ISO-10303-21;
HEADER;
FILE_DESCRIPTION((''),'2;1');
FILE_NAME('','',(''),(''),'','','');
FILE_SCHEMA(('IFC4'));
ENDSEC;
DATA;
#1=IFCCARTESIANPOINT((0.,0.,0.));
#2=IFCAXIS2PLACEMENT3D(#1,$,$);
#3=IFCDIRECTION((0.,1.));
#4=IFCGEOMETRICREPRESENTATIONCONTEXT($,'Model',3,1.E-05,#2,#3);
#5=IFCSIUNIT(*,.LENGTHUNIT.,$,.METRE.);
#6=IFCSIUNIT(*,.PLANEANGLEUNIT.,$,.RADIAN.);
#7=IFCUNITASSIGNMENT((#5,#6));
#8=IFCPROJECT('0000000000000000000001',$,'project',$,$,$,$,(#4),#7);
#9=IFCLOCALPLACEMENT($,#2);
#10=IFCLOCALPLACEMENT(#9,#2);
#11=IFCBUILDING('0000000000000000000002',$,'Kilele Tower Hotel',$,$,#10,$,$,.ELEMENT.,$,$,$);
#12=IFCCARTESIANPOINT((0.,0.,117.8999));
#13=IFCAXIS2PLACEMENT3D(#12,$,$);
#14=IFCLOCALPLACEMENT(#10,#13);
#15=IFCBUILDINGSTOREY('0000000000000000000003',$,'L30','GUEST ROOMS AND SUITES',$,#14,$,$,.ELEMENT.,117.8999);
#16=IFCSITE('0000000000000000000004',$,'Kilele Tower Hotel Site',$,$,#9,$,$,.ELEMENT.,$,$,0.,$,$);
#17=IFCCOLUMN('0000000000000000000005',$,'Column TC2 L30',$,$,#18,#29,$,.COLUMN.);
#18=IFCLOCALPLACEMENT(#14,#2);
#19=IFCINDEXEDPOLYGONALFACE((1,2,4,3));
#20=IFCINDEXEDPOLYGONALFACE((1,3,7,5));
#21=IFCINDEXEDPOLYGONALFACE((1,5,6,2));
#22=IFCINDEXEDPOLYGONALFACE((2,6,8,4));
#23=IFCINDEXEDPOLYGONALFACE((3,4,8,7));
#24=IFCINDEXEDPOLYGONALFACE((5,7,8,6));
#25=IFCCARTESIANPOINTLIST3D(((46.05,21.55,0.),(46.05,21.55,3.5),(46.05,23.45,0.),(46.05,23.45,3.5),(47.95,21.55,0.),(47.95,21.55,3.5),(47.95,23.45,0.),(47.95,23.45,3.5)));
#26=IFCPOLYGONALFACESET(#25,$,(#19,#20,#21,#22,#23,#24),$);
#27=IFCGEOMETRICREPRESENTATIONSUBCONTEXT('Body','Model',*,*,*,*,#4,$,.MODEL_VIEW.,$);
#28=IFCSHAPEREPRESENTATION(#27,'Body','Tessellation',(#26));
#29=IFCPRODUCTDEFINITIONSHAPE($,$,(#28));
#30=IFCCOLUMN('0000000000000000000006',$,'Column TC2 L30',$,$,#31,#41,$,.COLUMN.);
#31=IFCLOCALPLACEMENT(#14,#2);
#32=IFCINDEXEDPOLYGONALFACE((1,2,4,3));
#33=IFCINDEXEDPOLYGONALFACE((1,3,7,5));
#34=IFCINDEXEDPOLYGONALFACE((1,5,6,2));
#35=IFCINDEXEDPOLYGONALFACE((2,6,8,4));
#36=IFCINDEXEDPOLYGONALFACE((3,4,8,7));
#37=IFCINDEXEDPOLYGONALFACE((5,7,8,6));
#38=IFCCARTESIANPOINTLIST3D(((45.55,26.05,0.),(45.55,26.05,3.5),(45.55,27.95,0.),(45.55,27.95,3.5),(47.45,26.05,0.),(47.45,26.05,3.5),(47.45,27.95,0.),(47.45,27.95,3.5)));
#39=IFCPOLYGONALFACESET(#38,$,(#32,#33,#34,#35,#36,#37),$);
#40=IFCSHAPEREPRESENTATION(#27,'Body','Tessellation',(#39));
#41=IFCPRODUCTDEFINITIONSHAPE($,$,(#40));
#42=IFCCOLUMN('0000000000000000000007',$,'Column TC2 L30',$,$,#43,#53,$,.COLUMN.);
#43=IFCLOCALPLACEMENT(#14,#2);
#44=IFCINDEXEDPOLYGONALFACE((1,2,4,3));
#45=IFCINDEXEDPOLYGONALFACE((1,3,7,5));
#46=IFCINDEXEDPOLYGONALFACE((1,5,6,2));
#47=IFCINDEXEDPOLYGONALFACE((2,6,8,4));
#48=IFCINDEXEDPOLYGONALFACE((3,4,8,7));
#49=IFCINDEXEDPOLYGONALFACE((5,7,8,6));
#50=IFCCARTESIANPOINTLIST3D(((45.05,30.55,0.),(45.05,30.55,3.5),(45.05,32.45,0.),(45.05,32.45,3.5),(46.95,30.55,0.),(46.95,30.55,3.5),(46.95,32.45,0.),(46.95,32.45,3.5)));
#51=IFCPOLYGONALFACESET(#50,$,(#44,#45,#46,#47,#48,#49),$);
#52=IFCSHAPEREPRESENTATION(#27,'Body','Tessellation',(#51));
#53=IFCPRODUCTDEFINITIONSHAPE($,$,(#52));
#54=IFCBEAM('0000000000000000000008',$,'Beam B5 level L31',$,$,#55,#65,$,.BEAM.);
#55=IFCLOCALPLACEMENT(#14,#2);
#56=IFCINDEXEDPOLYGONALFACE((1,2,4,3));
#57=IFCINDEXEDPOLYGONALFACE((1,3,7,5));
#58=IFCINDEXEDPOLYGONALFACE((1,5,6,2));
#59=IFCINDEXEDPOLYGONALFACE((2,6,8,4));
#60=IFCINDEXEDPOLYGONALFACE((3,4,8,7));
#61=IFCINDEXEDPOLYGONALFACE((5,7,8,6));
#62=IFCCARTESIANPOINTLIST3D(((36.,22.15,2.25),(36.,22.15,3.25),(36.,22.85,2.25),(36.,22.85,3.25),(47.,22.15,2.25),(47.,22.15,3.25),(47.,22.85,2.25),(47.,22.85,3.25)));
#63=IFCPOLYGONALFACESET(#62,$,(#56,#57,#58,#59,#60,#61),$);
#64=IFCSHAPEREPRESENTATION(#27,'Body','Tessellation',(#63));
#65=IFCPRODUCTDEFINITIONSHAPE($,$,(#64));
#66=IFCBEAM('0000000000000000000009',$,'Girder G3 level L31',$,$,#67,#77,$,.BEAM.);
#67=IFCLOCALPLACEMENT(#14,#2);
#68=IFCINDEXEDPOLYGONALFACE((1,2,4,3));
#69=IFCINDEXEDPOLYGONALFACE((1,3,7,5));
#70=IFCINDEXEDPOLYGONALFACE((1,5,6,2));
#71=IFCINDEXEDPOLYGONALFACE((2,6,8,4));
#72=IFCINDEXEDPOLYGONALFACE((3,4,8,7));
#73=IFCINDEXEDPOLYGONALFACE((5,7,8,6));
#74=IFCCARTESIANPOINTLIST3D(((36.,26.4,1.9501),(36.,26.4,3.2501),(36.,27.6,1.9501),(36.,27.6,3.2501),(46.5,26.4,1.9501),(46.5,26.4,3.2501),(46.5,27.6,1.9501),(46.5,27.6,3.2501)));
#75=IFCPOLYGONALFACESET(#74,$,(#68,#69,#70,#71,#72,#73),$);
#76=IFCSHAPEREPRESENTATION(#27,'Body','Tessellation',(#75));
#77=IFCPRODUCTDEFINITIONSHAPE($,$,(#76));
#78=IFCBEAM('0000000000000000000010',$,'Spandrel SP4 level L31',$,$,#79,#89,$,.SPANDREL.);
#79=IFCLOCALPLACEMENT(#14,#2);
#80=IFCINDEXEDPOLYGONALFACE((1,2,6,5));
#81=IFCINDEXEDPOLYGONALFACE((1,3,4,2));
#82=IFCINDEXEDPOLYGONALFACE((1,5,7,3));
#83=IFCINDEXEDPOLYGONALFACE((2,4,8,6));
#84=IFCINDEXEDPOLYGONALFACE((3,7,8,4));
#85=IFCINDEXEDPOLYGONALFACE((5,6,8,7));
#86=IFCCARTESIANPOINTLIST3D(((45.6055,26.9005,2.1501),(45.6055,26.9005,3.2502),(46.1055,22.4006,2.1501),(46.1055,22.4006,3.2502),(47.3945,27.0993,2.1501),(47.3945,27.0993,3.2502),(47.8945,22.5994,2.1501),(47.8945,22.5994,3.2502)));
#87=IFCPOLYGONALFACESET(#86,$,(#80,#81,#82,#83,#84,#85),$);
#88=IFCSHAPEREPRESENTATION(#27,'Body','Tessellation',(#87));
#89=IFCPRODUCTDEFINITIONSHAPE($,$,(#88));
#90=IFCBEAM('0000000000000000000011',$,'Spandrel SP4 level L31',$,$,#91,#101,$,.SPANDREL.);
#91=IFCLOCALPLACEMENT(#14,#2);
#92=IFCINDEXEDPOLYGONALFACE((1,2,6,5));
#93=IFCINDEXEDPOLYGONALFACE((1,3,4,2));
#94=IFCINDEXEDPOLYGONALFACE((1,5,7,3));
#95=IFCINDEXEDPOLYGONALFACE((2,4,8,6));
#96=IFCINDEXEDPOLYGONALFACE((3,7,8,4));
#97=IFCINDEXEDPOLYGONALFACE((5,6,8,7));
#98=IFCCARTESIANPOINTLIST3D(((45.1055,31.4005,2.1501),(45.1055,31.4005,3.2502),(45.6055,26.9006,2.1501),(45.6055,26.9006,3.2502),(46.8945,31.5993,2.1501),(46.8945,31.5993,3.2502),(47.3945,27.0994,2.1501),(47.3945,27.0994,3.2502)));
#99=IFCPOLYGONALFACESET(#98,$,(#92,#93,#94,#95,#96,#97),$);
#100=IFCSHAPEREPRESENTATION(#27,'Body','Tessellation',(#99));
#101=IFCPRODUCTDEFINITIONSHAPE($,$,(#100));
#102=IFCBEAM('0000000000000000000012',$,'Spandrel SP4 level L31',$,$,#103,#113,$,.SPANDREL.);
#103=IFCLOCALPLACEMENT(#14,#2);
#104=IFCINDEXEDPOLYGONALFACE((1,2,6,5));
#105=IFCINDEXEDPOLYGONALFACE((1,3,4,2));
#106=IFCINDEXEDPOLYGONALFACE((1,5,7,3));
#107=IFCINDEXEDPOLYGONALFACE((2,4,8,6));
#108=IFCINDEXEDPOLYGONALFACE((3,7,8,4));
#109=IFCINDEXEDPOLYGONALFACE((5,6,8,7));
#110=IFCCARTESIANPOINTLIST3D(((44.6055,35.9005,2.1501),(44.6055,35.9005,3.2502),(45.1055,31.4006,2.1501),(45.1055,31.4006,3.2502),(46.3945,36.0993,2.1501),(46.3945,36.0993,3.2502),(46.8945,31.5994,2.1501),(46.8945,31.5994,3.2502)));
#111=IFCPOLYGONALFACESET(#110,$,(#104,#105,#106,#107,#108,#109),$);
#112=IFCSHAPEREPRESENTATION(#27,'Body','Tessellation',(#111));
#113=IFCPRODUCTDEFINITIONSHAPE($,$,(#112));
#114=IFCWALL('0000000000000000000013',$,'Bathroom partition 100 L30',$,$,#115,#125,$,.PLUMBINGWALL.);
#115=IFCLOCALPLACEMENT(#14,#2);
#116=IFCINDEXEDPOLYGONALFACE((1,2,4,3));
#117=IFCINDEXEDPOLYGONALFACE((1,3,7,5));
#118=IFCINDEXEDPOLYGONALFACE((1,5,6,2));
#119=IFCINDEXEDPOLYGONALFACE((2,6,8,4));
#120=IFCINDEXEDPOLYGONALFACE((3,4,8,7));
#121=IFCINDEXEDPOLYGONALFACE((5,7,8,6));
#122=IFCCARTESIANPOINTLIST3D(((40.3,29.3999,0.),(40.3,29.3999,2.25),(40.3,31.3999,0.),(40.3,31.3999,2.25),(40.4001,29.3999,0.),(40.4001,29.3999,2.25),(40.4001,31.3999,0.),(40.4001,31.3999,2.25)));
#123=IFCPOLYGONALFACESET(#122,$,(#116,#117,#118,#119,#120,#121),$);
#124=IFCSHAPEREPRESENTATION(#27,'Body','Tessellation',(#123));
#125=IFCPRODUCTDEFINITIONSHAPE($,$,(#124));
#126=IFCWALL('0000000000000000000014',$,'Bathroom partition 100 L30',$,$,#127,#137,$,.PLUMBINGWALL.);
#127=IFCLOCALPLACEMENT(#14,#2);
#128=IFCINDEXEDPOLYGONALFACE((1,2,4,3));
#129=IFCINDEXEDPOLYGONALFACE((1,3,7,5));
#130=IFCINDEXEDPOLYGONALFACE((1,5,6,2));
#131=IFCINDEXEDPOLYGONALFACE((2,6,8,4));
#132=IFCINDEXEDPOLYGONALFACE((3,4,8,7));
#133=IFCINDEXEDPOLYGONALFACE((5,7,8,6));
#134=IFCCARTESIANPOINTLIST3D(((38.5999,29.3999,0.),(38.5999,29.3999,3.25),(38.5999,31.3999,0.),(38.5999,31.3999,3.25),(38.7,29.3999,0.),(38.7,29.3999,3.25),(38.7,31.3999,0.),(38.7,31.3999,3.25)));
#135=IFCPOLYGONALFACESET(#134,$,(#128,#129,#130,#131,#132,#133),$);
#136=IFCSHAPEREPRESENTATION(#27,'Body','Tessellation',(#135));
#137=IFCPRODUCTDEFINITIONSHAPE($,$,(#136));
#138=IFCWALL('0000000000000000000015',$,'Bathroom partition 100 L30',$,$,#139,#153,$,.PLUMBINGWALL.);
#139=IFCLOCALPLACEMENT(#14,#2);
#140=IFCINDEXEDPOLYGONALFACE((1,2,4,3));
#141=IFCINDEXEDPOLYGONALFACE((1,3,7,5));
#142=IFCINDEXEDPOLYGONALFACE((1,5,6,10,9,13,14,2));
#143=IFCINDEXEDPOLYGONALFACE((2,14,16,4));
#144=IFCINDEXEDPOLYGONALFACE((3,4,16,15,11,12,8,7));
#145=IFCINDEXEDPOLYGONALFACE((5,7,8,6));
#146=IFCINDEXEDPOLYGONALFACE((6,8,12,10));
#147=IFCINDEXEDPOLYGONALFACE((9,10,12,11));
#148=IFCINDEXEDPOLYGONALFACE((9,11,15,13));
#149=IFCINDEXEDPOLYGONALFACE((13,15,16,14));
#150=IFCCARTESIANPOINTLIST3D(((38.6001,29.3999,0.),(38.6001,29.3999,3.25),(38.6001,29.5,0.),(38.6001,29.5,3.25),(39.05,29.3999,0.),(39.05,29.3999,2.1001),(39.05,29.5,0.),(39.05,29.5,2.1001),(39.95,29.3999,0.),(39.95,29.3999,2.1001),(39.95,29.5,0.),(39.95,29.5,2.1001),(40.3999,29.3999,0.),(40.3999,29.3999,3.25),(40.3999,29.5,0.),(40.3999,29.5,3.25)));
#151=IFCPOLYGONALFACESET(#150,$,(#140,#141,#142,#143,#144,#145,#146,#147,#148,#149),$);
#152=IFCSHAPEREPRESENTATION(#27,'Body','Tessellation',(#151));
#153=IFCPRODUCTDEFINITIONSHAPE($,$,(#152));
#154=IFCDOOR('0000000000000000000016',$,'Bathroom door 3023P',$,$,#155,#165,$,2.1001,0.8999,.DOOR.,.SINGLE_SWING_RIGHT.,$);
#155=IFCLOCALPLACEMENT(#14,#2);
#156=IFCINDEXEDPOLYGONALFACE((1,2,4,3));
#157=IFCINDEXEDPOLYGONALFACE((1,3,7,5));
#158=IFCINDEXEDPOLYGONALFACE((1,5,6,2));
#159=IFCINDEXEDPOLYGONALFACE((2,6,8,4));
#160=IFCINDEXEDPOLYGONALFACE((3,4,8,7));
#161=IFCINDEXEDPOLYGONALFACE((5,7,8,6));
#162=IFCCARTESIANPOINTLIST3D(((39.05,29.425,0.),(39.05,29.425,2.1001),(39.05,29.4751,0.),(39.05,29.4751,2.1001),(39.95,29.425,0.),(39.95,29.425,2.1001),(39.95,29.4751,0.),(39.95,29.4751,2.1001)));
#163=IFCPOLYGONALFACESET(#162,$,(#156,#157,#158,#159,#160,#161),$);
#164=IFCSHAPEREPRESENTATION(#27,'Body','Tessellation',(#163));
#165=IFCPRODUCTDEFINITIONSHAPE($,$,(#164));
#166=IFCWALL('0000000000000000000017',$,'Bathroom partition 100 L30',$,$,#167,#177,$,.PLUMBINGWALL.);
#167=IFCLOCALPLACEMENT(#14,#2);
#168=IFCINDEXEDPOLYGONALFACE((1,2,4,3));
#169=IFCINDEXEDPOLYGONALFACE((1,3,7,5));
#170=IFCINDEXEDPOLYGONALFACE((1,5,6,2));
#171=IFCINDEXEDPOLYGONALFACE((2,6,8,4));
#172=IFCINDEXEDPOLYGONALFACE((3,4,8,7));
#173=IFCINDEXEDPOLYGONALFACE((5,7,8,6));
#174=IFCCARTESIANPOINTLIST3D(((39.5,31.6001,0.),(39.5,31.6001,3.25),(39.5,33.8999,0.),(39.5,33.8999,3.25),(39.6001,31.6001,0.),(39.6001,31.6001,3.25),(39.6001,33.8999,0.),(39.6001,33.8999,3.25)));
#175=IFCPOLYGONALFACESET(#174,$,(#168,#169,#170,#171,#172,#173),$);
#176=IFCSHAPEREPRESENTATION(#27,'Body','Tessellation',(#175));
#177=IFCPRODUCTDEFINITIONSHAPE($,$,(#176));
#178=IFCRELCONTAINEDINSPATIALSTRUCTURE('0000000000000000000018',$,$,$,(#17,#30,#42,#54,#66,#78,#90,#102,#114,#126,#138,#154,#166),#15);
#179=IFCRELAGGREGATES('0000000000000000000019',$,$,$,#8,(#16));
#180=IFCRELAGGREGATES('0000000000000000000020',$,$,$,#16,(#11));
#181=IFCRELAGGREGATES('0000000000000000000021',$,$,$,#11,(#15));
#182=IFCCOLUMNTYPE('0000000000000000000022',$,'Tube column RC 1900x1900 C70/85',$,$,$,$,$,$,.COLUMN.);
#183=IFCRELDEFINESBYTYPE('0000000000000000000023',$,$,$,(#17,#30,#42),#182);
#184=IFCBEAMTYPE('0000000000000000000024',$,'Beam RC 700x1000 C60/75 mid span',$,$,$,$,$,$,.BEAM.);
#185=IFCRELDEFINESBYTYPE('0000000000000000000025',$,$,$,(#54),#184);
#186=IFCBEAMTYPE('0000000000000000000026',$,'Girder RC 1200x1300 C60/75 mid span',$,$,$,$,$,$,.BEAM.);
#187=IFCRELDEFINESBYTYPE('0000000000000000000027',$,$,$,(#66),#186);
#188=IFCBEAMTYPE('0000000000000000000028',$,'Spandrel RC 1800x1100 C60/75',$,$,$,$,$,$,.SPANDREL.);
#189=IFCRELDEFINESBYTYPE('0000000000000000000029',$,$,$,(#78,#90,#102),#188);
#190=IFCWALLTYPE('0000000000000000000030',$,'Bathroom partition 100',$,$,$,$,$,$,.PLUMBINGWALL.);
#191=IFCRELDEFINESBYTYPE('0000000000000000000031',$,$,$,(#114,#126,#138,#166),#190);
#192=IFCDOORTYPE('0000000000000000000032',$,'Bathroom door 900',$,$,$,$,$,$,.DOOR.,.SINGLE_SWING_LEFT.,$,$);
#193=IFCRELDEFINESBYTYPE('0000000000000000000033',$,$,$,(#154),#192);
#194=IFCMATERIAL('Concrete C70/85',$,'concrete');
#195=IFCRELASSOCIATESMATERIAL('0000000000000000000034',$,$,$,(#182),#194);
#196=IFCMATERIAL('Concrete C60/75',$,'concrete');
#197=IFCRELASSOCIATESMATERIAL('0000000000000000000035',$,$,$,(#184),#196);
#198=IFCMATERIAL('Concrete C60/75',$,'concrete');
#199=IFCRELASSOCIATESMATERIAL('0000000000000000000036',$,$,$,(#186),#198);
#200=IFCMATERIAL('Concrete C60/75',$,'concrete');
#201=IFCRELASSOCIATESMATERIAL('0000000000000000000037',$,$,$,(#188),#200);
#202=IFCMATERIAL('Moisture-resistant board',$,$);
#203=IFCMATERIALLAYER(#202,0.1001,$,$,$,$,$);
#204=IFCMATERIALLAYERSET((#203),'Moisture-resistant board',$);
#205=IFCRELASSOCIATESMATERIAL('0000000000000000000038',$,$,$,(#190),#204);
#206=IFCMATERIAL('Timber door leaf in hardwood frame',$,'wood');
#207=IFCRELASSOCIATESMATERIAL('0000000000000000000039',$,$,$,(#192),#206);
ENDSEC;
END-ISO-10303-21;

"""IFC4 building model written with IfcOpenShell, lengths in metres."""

from ifc_helpers import new_model, si_unit, direction, frame, frame_2d, origin, origin_2d, place, context, subcontext, project, spatial, rectangle, extrude, material, layer, layer_set, material_profile, profile_set, type_object, element, fill, save


model = new_model("IFC4")

# Units and contexts
model_context = context("Model", 3, precision=1e-05, world=origin(), true_north=direction((0.0, 1.0)))
body_context = subcontext(model_context, "Body", "Model", "MODEL_VIEW")
ifc_project = project(units=[si_unit("LENGTHUNIT", "METRE"), si_unit("PLANEANGLEUNIT", "RADIAN")], contexts=[model_context])

# Site, building, storey
site_placement = place(None, origin())
site = spatial("IfcSite", under=ifc_project, at=site_placement, Name="Kilele Tower Hotel Site", CompositionType="ELEMENT", RefElevation=0.0)
building_placement = place(site_placement, origin())
building = spatial("IfcBuilding", under=site, at=building_placement, Name="Kilele Tower Hotel", CompositionType="ELEMENT")
storey_placement = place(building_placement, frame((0.0, 0.0, 117.8999)))
storey = spatial("IfcBuildingStorey", under=building, at=storey_placement, Name="L30", Description="GUEST ROOMS AND SUITES", CompositionType="ELEMENT", Elevation=117.8999)

# Columns
ifc_material_1 = material(Name="Concrete C70/85", Category="concrete")
ifc_material_profile_1 = material_profile(ifc_material_1, rectangle(XDim=1.8999, YDim=1.8999, at=origin_2d()))
ifc_profile_set_1 = profile_set([ifc_material_profile_1], Name="Concrete C70/85")
column_type = type_object("IfcColumnType", Name="Tube column RC 1900x1900 C70/85", PredefinedType="COLUMN", material=ifc_profile_set_1)
for number, where, z_axis, x_axis, name in (
    (1, (47.0, 22.5, 0.0), (0.0, 0.0, 1.0), (1.0, 0.0, 0.0), "Column TC2 L30"),
    (2, (46.5, 27.0, 0.0), (0.0, 0.0, 1.0), (1.0, 0.0, 0.0), "Column TC2 L30"),
    (3, (46.0, 31.5, 0.0), (0.0, 0.0, 1.0), (1.0, 0.0, 0.0), "Column TC2 L30"),
):
    element("IfcColumn", number, at=place(storey_placement, frame(where, z_axis=z_axis, x_axis=x_axis)), inside=storey, type_object=column_type, Name=name, PredefinedType="COLUMN", context=body_context, shape_type="SweptSolid", body=[
        extrude(rectangle(XDim=1.8999, YDim=1.8999, at=origin_2d()), origin(), (0.0, 0.0, 1.0), 3.5),
    ])

# Beams
ifc_material_2 = material(Name="Concrete C60/75", Category="concrete")
ifc_material_profile_2 = material_profile(ifc_material_2, rectangle(XDim=0.7, YDim=1.0, at=origin_2d()))
ifc_profile_set_2 = profile_set([ifc_material_profile_2], Name="Concrete C60/75")
beam_type_1 = type_object("IfcBeamType", Name="Beam RC 700x1000 C60/75 mid span", PredefinedType="BEAM", material=ifc_profile_set_2)
beam_1_placement = place(storey_placement, frame((47.0, 22.5, 2.75), z_axis=(-1.0, 0.0, 0.0), x_axis=(0.0, -1.0, 0.0)))
element("IfcBeam", 4, at=beam_1_placement, inside=storey, type_object=beam_type_1, Name="Beam B5 level L31", PredefinedType="BEAM", context=body_context, shape_type="SweptSolid", body=[
    extrude(rectangle(XDim=0.7, YDim=1.0, at=origin_2d()), origin(), (0.0, 0.0, 1.0), 11.0),
])
ifc_material_3 = material(Name="Concrete C60/75", Category="concrete")
ifc_material_profile_3 = material_profile(ifc_material_3, rectangle(XDim=1.2, YDim=1.3, at=origin_2d()))
ifc_profile_set_3 = profile_set([ifc_material_profile_3], Name="Concrete C60/75")
beam_type_2 = type_object("IfcBeamType", Name="Girder RC 1200x1300 C60/75 mid span", PredefinedType="BEAM", material=ifc_profile_set_3)
beam_2_placement = place(storey_placement, frame((46.5, 27.0, 2.6001), z_axis=(-1.0, 0.0, 0.0), x_axis=(0.0, -1.0, 0.0)))
element("IfcBeam", 5, at=beam_2_placement, inside=storey, type_object=beam_type_2, Name="Girder G3 level L31", PredefinedType="BEAM", context=body_context, shape_type="SweptSolid", body=[
    extrude(rectangle(XDim=1.2, YDim=1.3, at=origin_2d()), origin(), (0.0, 0.0, 1.0), 10.5),
])
ifc_material_4 = material(Name="Concrete C60/75", Category="concrete")
ifc_material_profile_4 = material_profile(ifc_material_4, rectangle(XDim=1.8, YDim=1.1001, at=origin_2d()))
ifc_profile_set_4 = profile_set([ifc_material_profile_4], Name="Concrete C60/75")
beam_type_3 = type_object("IfcBeamType", Name="Spandrel RC 1800x1100 C60/75", PredefinedType="SPANDREL", material=ifc_profile_set_4)
for number, where, z_axis, x_axis, name in (
    (6, (47.0, 22.5, 2.7002), (-0.110432, 0.993884, 0.0), (-0.993884, -0.110432, 0.0), "Spandrel SP4 level L31"),
    (7, (46.5, 27.0, 2.7002), (-0.110432, 0.993884, 0.0), (-0.993884, -0.110432, 0.0), "Spandrel SP4 level L31"),
    (8, (46.0, 31.5, 2.7002), (-0.110432, 0.993884, 0.0), (-0.993884, -0.110432, 0.0), "Spandrel SP4 level L31"),
):
    element("IfcBeam", number, at=place(storey_placement, frame(where, z_axis=z_axis, x_axis=x_axis)), inside=storey, type_object=beam_type_3, Name=name, PredefinedType="SPANDREL", context=body_context, shape_type="SweptSolid", body=[
        extrude(rectangle(XDim=1.8, YDim=1.1001, at=origin_2d()), origin(), (0.0, 0.0, 1.0), 4.5276),
    ])

# Walls
ifc_material_5 = material(Name="Moisture-resistant board")
ifc_layer_1 = layer(ifc_material_5, 0.1001)
ifc_layer_set_1 = layer_set([ifc_layer_1], Name="Moisture-resistant board")
wall_type_1 = type_object("IfcWallType", Name="Bathroom partition 100", PredefinedType="PLUMBINGWALL", material=ifc_layer_set_1)
wall_1_placement = place(storey_placement, frame((40.3501, 31.3999, 0.0), z_axis=(0.0, 0.0, 1.0), x_axis=(0.0, -1.0, 0.0)))
element("IfcWall", 9, at=wall_1_placement, inside=storey, type_object=wall_type_1, Name="Bathroom partition 100 L30", PredefinedType="PLUMBINGWALL", context=body_context, shape_type="SweptSolid", body=[
    extrude(rectangle(XDim=2.0, YDim=0.1001, at=frame_2d((1.0, 0.0))), origin(), (0.0, 0.0, 1.0), 2.25),
])
wall_2_placement = place(storey_placement, frame((38.6499, 31.3999, 0.0), z_axis=(0.0, 0.0, 1.0), x_axis=(0.0, -1.0, 0.0)))
element("IfcWall", 10, at=wall_2_placement, inside=storey, type_object=wall_type_1, Name="Bathroom partition 100 L30", PredefinedType="PLUMBINGWALL", context=body_context, shape_type="SweptSolid", body=[
    extrude(rectangle(XDim=2.0, YDim=0.1001, at=frame_2d((1.0, 0.0))), origin(), (0.0, 0.0, 1.0), 3.25),
])

# Wall, opening, door
wall_3_placement = place(storey_placement, frame((38.6001, 29.45, 0.0), z_axis=(0.0, 0.0, 1.0), x_axis=(1.0, 0.0, 0.0)))
wall_3 = element("IfcWall", 11, at=wall_3_placement, inside=storey, type_object=wall_type_1, Name="Bathroom partition 100 L30", PredefinedType="PLUMBINGWALL", context=body_context, shape_type="SweptSolid", body=[
    extrude(rectangle(XDim=1.7998, YDim=0.1001, at=frame_2d((0.8999, 0.0))), origin(), (0.0, 0.0, 1.0), 3.25),
])
opening_1_placement = place(wall_3_placement, frame((1.3499, 0.0, 0.0), z_axis=(0.0, 0.0, 1.0), x_axis=(-1.0, 0.0, 0.0)))
opening_1 = element("IfcOpeningElement", 12, at=opening_1_placement, cuts=wall_3, PredefinedType="OPENING", context=body_context, shape_type="SweptSolid", body=[
    extrude(rectangle(XDim=0.8999, YDim=2.1001, at=frame_2d((0.45, 1.05))), frame((0.0, 0.0601, 0.0), z_axis=(0.0, -1.0, 0.0), x_axis=(1.0, 0.0, 0.0)), (0.0, 0.0, 1.0), 0.1201),
])
ifc_material_6 = material(Name="Timber door leaf in hardwood frame", Category="wood")
door_type_1 = type_object("IfcDoorType", Name="Bathroom door 900", OperationType="SINGLE_SWING_LEFT", PredefinedType="DOOR", material=ifc_material_6)
door_1_placement = place(opening_1_placement, origin())
door_1 = element("IfcDoor", 13, at=door_1_placement, inside=storey, type_object=door_type_1, Name="Bathroom door 3023P", OperationType="SINGLE_SWING_RIGHT", OverallHeight=2.1001, OverallWidth=0.8999, PredefinedType="DOOR", context=body_context, shape_type="SweptSolid", body=[
    extrude(rectangle(XDim=0.8999, YDim=2.1001, at=frame_2d((0.45, 1.05))), frame((0.0, 0.0249, 0.0), z_axis=(0.0, -1.0, 0.0), x_axis=(1.0, 0.0, 0.0)), (0.0, 0.0, 1.0), 0.05),
])
fill(opening_1, door_1)

# Wall
wall_4_placement = place(storey_placement, frame((39.55, 31.6001, 0.0), z_axis=(0.0, 0.0, 1.0), x_axis=(0.0, 1.0, 0.0)))
element("IfcWall", 14, at=wall_4_placement, inside=storey, type_object=wall_type_1, Name="Bathroom partition 100 L30", PredefinedType="PLUMBINGWALL", context=body_context, shape_type="SweptSolid", body=[
    extrude(rectangle(XDim=2.2998, YDim=0.1001, at=frame_2d((1.1499, 0.0))), origin(), (0.0, 0.0, 1.0), 3.25),
])

save(model, "model.ifc")
